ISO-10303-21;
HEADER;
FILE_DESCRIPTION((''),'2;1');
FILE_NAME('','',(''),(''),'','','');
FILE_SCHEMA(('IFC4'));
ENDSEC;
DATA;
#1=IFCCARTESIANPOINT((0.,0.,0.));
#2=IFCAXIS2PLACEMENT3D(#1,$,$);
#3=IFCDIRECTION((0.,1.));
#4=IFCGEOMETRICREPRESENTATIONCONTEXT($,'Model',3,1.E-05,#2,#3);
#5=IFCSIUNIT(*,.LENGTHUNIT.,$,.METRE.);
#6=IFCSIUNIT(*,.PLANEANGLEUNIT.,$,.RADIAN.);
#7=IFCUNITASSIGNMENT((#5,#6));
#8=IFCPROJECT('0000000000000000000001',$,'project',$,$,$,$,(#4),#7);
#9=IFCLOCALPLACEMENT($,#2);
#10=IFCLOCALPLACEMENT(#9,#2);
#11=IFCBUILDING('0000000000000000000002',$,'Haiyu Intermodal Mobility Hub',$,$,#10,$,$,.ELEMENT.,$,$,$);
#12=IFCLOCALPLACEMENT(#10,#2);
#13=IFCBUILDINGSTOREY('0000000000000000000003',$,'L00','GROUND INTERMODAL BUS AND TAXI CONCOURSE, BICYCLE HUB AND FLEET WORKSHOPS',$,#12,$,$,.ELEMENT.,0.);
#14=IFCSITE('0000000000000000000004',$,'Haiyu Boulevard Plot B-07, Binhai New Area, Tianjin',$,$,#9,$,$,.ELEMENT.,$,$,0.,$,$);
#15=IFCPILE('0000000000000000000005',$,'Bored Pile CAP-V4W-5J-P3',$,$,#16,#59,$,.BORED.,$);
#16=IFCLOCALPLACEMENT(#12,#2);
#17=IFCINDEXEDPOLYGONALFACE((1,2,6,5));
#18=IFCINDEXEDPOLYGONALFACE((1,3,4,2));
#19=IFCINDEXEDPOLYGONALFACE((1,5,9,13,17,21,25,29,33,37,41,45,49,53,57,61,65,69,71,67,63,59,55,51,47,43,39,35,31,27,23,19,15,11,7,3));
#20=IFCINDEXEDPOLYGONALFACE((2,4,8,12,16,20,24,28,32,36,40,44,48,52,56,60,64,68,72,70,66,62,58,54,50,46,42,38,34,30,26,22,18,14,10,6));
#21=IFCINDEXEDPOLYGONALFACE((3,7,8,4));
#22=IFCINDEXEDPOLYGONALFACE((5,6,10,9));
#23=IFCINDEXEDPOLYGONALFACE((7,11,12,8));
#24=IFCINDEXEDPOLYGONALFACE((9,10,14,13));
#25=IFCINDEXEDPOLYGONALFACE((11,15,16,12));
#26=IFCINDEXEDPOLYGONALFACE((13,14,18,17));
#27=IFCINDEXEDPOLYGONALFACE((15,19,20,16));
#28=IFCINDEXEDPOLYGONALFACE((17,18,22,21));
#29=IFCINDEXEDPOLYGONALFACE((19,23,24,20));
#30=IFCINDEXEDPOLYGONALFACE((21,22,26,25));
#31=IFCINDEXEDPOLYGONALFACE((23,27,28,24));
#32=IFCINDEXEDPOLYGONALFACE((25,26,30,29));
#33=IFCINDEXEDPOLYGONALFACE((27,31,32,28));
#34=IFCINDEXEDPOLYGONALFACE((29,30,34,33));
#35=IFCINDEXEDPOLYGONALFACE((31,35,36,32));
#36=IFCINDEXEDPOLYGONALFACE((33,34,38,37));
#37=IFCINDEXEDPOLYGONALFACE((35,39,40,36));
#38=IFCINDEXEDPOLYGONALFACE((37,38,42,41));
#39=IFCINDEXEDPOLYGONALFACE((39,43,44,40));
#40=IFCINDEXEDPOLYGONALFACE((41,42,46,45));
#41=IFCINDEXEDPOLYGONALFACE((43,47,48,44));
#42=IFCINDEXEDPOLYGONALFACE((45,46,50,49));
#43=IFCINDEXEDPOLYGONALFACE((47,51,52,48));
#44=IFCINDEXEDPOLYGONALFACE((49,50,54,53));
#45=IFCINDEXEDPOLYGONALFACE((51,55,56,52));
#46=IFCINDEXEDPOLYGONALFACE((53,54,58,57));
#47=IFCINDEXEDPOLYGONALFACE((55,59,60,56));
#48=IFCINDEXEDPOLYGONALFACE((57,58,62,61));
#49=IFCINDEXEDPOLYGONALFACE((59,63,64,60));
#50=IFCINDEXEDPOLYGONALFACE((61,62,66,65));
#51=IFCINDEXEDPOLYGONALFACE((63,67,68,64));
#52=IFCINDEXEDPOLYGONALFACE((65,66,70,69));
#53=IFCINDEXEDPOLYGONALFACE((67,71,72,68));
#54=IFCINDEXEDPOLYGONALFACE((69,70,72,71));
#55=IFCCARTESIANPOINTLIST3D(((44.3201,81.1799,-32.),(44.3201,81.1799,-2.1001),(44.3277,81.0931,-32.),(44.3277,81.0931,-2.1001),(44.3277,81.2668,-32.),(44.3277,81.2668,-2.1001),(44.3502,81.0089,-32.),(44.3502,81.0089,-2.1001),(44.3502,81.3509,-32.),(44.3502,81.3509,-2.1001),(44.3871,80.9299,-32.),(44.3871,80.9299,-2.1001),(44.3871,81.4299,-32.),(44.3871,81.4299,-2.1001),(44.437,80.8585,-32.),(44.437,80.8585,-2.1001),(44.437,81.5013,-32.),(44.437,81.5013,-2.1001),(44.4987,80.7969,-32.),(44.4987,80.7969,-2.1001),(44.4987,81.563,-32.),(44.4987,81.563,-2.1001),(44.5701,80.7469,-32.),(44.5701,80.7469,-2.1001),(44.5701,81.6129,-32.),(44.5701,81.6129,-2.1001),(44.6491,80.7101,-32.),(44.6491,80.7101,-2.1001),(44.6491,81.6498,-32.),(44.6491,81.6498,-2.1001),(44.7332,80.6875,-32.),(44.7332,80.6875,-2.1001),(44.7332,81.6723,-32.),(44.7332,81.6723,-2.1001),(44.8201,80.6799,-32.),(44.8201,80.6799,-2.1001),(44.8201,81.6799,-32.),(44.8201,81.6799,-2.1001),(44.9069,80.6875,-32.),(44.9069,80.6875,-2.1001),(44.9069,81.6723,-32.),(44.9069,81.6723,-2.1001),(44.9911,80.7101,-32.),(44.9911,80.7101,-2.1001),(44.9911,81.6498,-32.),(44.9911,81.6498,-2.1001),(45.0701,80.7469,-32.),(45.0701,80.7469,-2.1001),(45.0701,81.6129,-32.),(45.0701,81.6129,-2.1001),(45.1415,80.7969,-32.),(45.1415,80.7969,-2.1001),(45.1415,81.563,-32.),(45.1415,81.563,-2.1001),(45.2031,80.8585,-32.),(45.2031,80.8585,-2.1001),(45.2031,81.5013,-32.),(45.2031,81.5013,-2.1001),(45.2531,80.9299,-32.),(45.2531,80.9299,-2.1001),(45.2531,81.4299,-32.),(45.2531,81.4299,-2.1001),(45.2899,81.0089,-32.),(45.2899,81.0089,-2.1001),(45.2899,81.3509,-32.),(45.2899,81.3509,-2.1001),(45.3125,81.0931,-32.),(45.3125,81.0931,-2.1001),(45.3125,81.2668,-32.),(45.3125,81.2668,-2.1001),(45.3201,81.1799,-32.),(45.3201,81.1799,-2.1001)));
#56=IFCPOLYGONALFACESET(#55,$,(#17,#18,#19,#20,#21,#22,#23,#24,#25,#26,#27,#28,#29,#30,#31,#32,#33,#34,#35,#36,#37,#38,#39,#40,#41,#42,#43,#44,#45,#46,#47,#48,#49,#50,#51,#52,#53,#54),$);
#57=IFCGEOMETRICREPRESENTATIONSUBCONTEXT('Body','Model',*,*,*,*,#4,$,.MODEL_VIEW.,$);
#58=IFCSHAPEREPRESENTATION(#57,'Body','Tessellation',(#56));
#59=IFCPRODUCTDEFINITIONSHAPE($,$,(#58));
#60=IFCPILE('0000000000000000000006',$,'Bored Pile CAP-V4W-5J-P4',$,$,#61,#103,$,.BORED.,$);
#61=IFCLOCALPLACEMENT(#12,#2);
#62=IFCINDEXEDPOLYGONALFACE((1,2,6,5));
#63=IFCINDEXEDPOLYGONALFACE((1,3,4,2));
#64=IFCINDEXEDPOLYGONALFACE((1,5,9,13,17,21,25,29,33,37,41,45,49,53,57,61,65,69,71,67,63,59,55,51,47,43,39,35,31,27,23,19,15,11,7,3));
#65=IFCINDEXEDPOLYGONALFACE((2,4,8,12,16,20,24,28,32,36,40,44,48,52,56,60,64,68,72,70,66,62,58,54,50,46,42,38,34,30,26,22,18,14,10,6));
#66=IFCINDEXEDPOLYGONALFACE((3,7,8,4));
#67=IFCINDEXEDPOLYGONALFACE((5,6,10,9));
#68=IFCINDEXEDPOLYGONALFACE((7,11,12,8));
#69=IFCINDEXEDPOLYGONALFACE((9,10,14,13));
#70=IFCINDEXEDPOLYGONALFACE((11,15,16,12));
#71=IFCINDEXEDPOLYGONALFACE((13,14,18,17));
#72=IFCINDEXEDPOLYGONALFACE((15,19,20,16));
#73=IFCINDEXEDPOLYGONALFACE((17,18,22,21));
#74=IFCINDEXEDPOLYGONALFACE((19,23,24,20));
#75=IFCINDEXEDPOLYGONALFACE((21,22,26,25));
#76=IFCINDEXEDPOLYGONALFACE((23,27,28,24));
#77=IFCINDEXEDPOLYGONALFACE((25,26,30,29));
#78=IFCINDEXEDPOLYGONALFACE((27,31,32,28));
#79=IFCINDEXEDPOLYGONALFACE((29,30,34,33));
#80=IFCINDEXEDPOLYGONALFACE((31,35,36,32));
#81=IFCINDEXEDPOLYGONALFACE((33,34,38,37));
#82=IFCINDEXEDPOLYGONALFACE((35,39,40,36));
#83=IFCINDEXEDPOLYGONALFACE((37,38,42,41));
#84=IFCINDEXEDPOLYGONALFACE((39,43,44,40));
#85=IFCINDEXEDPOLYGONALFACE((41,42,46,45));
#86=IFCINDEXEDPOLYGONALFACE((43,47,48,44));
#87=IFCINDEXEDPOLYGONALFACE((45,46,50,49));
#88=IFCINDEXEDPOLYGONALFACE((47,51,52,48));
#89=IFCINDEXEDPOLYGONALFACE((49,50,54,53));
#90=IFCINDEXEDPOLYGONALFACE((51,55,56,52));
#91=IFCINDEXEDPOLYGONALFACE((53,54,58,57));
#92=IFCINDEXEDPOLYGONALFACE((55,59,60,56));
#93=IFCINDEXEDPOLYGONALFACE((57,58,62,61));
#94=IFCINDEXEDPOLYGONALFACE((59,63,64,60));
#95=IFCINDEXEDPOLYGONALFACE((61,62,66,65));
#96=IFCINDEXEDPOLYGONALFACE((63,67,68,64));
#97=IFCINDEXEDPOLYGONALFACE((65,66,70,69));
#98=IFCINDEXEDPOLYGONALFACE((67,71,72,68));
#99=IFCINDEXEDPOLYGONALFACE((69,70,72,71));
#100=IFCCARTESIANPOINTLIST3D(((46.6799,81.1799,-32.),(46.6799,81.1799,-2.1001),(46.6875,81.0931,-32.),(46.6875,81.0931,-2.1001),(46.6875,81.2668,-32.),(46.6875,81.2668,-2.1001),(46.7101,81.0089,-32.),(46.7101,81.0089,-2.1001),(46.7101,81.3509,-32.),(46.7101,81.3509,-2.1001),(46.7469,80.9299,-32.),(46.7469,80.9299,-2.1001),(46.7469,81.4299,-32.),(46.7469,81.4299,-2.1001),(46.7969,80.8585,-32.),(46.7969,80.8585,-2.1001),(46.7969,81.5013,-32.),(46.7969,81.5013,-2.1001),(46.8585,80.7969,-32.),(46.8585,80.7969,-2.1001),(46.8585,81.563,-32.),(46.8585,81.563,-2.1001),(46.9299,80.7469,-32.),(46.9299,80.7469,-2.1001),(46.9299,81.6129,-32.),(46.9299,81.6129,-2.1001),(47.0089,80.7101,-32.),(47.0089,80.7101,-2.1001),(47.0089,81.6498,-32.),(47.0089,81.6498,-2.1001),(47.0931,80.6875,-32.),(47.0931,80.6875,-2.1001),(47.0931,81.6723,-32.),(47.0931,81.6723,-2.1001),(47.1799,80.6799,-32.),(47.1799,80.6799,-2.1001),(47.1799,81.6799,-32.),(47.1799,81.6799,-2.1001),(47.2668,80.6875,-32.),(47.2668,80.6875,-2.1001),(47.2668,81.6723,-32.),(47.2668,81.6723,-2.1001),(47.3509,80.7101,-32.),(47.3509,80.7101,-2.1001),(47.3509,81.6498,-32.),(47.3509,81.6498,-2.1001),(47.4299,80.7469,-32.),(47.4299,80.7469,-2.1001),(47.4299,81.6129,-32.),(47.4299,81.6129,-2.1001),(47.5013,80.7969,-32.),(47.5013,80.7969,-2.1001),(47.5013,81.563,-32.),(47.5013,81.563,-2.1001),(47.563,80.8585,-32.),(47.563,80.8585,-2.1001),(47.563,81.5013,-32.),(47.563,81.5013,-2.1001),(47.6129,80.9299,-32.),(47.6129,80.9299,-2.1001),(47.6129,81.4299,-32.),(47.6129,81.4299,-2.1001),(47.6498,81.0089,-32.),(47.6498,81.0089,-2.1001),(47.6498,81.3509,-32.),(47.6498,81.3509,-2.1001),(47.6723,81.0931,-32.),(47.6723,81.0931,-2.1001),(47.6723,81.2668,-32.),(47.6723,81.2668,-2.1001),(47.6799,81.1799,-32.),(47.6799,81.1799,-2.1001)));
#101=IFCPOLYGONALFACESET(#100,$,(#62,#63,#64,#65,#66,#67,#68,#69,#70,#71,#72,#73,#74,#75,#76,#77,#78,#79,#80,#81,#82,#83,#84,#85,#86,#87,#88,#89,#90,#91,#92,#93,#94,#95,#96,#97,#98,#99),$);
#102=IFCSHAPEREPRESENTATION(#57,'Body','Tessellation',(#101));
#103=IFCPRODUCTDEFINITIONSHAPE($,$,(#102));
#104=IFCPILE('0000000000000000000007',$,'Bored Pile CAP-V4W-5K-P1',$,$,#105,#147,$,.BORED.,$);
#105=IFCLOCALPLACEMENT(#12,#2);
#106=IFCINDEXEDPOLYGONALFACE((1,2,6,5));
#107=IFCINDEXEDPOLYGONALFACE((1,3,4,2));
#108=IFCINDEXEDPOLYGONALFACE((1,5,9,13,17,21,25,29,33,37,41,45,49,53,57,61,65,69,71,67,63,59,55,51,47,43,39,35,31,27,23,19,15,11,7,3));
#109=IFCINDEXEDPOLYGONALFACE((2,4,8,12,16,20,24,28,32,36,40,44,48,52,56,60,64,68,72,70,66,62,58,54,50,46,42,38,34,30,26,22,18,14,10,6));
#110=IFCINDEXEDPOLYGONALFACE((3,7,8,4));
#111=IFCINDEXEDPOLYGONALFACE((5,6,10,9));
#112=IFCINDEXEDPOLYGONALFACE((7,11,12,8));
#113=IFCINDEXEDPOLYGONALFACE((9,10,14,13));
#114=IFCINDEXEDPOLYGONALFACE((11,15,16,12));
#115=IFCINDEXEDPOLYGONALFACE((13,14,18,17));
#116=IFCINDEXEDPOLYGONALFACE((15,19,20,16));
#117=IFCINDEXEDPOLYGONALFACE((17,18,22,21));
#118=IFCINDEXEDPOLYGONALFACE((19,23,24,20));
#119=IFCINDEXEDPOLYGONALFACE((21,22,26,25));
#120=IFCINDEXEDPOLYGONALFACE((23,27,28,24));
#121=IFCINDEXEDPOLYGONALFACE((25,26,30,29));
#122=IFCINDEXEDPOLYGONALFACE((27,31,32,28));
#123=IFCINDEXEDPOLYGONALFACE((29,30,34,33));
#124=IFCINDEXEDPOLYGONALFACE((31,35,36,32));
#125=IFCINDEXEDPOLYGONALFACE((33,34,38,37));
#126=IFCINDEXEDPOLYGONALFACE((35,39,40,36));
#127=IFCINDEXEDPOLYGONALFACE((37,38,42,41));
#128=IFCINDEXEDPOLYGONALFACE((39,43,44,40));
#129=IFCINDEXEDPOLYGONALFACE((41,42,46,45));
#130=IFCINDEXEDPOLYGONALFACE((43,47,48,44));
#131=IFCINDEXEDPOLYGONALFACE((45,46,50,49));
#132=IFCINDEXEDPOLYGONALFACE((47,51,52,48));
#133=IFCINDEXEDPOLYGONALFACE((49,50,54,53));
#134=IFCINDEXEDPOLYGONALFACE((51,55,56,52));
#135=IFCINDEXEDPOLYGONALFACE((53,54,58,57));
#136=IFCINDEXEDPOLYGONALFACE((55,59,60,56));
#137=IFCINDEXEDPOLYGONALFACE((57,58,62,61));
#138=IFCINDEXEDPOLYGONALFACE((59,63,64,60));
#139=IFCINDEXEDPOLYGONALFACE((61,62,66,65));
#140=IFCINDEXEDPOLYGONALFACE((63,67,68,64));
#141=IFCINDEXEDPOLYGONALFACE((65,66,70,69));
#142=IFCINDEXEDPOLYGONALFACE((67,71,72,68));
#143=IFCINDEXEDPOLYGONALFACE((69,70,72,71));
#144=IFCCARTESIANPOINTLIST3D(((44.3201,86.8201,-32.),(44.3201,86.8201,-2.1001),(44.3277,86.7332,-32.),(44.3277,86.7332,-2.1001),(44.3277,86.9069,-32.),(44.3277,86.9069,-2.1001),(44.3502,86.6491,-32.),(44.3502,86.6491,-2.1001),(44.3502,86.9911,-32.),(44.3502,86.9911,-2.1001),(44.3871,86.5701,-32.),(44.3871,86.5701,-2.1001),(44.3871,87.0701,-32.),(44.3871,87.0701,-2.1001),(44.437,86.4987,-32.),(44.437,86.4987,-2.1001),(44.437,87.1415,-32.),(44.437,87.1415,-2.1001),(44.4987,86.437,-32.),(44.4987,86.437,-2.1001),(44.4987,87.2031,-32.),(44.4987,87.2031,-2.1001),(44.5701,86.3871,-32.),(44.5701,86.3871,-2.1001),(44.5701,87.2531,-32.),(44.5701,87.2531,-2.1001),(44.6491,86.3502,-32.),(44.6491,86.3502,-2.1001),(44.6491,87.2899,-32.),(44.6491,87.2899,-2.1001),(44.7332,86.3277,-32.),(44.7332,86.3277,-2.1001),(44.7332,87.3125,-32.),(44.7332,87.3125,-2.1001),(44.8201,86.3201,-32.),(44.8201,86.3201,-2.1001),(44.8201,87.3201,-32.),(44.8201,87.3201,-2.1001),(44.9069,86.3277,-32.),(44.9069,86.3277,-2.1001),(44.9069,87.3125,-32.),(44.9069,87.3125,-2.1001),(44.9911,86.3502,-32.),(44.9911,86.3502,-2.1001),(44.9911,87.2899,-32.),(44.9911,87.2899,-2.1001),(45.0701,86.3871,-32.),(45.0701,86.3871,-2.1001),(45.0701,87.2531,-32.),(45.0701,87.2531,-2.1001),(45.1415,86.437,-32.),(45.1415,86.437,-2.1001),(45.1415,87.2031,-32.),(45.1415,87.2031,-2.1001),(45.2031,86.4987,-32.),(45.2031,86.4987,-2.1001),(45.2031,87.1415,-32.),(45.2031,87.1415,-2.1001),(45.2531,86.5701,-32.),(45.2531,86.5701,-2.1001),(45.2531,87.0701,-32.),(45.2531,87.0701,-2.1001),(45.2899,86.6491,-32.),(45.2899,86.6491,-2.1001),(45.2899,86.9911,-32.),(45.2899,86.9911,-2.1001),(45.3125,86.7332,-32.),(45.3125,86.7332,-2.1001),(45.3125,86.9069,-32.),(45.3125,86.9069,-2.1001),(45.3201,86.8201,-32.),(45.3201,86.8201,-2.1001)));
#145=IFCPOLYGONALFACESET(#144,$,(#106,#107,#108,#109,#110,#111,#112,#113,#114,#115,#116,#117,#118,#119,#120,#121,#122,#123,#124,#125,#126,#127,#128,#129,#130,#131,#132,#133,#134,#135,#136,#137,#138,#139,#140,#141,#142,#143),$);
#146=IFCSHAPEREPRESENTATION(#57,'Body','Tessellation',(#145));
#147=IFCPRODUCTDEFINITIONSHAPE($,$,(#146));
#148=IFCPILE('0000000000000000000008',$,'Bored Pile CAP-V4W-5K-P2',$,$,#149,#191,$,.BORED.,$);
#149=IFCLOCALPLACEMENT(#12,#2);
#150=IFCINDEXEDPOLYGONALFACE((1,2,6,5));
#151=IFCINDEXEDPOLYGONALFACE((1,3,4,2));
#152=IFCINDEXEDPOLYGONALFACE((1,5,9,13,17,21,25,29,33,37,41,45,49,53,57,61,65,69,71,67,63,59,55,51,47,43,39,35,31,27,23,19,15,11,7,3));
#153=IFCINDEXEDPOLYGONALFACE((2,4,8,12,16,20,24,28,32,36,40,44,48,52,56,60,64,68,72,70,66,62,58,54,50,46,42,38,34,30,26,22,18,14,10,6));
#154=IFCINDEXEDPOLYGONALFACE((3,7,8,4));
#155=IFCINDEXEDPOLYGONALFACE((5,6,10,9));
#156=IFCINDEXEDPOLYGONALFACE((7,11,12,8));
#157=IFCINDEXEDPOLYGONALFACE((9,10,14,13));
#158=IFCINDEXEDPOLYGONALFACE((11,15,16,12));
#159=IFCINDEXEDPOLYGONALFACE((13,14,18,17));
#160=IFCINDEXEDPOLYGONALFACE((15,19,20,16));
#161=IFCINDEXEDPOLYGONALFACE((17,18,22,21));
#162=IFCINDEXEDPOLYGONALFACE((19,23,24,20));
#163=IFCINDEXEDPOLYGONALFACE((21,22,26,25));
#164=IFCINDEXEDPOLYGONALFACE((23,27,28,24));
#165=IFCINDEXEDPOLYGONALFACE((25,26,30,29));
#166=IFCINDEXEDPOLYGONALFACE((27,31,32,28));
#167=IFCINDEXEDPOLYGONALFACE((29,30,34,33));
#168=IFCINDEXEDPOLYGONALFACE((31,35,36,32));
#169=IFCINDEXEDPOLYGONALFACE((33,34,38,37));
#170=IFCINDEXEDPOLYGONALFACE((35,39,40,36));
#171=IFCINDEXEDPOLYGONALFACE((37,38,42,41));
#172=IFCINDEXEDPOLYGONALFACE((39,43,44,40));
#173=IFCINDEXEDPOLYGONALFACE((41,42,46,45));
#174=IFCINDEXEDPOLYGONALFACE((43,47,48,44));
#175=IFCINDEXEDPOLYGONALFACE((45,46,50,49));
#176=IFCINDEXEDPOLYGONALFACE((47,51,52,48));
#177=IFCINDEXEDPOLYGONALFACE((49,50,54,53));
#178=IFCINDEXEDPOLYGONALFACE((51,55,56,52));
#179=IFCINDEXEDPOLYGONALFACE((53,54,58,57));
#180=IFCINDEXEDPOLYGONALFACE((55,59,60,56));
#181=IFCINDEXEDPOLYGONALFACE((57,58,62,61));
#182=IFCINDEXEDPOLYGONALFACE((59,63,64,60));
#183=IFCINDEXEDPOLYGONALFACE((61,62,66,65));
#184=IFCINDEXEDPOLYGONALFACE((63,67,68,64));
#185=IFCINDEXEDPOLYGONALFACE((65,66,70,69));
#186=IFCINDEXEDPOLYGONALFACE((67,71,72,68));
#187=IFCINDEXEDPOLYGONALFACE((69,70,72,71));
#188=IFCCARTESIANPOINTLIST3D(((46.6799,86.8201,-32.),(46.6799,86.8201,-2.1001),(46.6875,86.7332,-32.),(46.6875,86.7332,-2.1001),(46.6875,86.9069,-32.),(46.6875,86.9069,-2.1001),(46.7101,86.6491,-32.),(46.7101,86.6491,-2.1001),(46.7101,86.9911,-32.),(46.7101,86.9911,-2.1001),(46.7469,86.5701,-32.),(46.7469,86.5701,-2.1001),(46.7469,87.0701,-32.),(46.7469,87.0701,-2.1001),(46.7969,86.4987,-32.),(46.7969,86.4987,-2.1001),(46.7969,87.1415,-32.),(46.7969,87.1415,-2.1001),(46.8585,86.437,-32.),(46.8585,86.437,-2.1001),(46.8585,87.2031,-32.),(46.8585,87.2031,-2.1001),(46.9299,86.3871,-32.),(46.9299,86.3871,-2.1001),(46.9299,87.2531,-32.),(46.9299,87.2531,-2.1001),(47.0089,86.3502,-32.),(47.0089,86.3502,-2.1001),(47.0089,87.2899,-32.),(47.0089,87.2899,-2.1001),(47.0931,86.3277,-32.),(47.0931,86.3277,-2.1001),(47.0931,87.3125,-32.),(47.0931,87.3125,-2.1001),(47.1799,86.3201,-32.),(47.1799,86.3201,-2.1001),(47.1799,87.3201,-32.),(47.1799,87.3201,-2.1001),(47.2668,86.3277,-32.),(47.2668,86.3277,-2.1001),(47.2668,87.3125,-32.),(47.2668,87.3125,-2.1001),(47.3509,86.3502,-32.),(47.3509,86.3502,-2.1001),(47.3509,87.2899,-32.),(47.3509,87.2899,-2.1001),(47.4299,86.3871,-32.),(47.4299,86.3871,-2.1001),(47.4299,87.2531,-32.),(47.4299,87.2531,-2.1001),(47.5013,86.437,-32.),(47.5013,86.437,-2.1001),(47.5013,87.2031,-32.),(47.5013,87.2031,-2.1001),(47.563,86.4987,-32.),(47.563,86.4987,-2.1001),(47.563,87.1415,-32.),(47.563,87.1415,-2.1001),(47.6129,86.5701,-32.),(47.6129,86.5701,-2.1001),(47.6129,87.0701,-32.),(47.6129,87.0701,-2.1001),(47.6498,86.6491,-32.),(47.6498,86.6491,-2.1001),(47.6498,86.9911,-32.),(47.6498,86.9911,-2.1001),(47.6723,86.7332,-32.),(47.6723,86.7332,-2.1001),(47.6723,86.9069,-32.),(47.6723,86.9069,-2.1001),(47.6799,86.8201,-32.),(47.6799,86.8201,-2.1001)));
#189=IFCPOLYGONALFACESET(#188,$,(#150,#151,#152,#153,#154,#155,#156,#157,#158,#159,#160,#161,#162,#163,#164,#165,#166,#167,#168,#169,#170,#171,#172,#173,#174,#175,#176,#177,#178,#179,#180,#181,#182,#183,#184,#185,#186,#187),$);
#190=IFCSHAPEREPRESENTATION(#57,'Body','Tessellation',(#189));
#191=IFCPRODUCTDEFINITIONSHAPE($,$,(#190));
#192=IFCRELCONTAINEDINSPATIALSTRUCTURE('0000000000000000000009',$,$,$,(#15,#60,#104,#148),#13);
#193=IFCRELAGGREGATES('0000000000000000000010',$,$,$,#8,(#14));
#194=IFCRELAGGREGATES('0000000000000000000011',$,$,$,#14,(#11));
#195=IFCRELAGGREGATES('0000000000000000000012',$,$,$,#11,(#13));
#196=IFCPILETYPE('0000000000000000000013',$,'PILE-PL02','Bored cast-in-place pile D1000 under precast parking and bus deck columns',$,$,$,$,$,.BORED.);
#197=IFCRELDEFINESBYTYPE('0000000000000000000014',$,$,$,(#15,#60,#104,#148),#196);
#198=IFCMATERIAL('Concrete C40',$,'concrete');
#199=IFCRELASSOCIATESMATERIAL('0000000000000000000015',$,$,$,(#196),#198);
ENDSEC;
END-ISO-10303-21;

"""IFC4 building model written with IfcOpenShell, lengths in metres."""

from ifc_helpers import new_model, si_unit, direction, frame, origin, origin_2d, place, context, subcontext, project, spatial, circle, extrude, material, material_profile, profile_set, type_object, element, save


model = new_model("IFC4")

# Units and contexts
model_context = context("Model", 3, precision=1e-05, world=origin(), true_north=direction((0.0, 1.0)))
body_context = subcontext(model_context, "Body", "Model", "MODEL_VIEW")
ifc_project = project(units=[si_unit("LENGTHUNIT", "METRE"), si_unit("PLANEANGLEUNIT", "RADIAN")], contexts=[model_context])

# Site, building, storey
site_placement = place(None, origin())
site = spatial("IfcSite", under=ifc_project, at=site_placement, Name="Haiyu Boulevard Plot B-07, Binhai New Area, Tianjin", CompositionType="ELEMENT", RefElevation=0.0)
building_placement = place(site_placement, origin())
building = spatial("IfcBuilding", under=site, at=building_placement, Name="Haiyu Intermodal Mobility Hub", CompositionType="ELEMENT")
storey_placement = place(building_placement, origin())
storey = spatial("IfcBuildingStorey", under=building, at=storey_placement, Name="L00", Description="GROUND INTERMODAL BUS AND TAXI CONCOURSE, BICYCLE HUB AND FLEET WORKSHOPS", CompositionType="ELEMENT", Elevation=0.0)

# Shared definitions
ifc_material_1 = material(Name="Concrete C40", Category="concrete")

# Piles
ifc_material_profile_1 = material_profile(ifc_material_1, circle(Radius=0.5, at=origin_2d()), Name="PILE-D1000")
ifc_profile_set_1 = profile_set([ifc_material_profile_1], Name="Concrete C40")
pile_type_1 = type_object("IfcPileType", Name="PILE-PL02", Description="Bored cast-in-place pile D1000 under precast parking and bus deck columns", PredefinedType="BORED", material=ifc_profile_set_1)
for number, where, z_axis, x_axis, name in (
    (1, (44.8201, 81.1799, -2.1001), (0.0, 0.0, -1.0), (1.0, 0.0, 0.0), "Bored Pile CAP-V4W-5J-P3"),
    (2, (47.1799, 81.1799, -2.1001), (0.0, 0.0, -1.0), (1.0, 0.0, 0.0), "Bored Pile CAP-V4W-5J-P4"),
    (3, (44.8201, 86.8201, -2.1001), (0.0, 0.0, -1.0), (1.0, 0.0, 0.0), "Bored Pile CAP-V4W-5K-P1"),
    (4, (47.1799, 86.8201, -2.1001), (0.0, 0.0, -1.0), (1.0, 0.0, 0.0), "Bored Pile CAP-V4W-5K-P2"),
):
    element("IfcPile", number, at=place(storey_placement, frame(where, z_axis=z_axis, x_axis=x_axis)), inside=storey, type_object=pile_type_1, Name=name, PredefinedType="BORED", context=body_context, shape_type="SweptSolid", body=[
        extrude(circle(Radius=0.5, at=origin_2d()), origin(), (0.0, 0.0, 1.0), 29.8999),
    ])

save(model, "model.ifc")
